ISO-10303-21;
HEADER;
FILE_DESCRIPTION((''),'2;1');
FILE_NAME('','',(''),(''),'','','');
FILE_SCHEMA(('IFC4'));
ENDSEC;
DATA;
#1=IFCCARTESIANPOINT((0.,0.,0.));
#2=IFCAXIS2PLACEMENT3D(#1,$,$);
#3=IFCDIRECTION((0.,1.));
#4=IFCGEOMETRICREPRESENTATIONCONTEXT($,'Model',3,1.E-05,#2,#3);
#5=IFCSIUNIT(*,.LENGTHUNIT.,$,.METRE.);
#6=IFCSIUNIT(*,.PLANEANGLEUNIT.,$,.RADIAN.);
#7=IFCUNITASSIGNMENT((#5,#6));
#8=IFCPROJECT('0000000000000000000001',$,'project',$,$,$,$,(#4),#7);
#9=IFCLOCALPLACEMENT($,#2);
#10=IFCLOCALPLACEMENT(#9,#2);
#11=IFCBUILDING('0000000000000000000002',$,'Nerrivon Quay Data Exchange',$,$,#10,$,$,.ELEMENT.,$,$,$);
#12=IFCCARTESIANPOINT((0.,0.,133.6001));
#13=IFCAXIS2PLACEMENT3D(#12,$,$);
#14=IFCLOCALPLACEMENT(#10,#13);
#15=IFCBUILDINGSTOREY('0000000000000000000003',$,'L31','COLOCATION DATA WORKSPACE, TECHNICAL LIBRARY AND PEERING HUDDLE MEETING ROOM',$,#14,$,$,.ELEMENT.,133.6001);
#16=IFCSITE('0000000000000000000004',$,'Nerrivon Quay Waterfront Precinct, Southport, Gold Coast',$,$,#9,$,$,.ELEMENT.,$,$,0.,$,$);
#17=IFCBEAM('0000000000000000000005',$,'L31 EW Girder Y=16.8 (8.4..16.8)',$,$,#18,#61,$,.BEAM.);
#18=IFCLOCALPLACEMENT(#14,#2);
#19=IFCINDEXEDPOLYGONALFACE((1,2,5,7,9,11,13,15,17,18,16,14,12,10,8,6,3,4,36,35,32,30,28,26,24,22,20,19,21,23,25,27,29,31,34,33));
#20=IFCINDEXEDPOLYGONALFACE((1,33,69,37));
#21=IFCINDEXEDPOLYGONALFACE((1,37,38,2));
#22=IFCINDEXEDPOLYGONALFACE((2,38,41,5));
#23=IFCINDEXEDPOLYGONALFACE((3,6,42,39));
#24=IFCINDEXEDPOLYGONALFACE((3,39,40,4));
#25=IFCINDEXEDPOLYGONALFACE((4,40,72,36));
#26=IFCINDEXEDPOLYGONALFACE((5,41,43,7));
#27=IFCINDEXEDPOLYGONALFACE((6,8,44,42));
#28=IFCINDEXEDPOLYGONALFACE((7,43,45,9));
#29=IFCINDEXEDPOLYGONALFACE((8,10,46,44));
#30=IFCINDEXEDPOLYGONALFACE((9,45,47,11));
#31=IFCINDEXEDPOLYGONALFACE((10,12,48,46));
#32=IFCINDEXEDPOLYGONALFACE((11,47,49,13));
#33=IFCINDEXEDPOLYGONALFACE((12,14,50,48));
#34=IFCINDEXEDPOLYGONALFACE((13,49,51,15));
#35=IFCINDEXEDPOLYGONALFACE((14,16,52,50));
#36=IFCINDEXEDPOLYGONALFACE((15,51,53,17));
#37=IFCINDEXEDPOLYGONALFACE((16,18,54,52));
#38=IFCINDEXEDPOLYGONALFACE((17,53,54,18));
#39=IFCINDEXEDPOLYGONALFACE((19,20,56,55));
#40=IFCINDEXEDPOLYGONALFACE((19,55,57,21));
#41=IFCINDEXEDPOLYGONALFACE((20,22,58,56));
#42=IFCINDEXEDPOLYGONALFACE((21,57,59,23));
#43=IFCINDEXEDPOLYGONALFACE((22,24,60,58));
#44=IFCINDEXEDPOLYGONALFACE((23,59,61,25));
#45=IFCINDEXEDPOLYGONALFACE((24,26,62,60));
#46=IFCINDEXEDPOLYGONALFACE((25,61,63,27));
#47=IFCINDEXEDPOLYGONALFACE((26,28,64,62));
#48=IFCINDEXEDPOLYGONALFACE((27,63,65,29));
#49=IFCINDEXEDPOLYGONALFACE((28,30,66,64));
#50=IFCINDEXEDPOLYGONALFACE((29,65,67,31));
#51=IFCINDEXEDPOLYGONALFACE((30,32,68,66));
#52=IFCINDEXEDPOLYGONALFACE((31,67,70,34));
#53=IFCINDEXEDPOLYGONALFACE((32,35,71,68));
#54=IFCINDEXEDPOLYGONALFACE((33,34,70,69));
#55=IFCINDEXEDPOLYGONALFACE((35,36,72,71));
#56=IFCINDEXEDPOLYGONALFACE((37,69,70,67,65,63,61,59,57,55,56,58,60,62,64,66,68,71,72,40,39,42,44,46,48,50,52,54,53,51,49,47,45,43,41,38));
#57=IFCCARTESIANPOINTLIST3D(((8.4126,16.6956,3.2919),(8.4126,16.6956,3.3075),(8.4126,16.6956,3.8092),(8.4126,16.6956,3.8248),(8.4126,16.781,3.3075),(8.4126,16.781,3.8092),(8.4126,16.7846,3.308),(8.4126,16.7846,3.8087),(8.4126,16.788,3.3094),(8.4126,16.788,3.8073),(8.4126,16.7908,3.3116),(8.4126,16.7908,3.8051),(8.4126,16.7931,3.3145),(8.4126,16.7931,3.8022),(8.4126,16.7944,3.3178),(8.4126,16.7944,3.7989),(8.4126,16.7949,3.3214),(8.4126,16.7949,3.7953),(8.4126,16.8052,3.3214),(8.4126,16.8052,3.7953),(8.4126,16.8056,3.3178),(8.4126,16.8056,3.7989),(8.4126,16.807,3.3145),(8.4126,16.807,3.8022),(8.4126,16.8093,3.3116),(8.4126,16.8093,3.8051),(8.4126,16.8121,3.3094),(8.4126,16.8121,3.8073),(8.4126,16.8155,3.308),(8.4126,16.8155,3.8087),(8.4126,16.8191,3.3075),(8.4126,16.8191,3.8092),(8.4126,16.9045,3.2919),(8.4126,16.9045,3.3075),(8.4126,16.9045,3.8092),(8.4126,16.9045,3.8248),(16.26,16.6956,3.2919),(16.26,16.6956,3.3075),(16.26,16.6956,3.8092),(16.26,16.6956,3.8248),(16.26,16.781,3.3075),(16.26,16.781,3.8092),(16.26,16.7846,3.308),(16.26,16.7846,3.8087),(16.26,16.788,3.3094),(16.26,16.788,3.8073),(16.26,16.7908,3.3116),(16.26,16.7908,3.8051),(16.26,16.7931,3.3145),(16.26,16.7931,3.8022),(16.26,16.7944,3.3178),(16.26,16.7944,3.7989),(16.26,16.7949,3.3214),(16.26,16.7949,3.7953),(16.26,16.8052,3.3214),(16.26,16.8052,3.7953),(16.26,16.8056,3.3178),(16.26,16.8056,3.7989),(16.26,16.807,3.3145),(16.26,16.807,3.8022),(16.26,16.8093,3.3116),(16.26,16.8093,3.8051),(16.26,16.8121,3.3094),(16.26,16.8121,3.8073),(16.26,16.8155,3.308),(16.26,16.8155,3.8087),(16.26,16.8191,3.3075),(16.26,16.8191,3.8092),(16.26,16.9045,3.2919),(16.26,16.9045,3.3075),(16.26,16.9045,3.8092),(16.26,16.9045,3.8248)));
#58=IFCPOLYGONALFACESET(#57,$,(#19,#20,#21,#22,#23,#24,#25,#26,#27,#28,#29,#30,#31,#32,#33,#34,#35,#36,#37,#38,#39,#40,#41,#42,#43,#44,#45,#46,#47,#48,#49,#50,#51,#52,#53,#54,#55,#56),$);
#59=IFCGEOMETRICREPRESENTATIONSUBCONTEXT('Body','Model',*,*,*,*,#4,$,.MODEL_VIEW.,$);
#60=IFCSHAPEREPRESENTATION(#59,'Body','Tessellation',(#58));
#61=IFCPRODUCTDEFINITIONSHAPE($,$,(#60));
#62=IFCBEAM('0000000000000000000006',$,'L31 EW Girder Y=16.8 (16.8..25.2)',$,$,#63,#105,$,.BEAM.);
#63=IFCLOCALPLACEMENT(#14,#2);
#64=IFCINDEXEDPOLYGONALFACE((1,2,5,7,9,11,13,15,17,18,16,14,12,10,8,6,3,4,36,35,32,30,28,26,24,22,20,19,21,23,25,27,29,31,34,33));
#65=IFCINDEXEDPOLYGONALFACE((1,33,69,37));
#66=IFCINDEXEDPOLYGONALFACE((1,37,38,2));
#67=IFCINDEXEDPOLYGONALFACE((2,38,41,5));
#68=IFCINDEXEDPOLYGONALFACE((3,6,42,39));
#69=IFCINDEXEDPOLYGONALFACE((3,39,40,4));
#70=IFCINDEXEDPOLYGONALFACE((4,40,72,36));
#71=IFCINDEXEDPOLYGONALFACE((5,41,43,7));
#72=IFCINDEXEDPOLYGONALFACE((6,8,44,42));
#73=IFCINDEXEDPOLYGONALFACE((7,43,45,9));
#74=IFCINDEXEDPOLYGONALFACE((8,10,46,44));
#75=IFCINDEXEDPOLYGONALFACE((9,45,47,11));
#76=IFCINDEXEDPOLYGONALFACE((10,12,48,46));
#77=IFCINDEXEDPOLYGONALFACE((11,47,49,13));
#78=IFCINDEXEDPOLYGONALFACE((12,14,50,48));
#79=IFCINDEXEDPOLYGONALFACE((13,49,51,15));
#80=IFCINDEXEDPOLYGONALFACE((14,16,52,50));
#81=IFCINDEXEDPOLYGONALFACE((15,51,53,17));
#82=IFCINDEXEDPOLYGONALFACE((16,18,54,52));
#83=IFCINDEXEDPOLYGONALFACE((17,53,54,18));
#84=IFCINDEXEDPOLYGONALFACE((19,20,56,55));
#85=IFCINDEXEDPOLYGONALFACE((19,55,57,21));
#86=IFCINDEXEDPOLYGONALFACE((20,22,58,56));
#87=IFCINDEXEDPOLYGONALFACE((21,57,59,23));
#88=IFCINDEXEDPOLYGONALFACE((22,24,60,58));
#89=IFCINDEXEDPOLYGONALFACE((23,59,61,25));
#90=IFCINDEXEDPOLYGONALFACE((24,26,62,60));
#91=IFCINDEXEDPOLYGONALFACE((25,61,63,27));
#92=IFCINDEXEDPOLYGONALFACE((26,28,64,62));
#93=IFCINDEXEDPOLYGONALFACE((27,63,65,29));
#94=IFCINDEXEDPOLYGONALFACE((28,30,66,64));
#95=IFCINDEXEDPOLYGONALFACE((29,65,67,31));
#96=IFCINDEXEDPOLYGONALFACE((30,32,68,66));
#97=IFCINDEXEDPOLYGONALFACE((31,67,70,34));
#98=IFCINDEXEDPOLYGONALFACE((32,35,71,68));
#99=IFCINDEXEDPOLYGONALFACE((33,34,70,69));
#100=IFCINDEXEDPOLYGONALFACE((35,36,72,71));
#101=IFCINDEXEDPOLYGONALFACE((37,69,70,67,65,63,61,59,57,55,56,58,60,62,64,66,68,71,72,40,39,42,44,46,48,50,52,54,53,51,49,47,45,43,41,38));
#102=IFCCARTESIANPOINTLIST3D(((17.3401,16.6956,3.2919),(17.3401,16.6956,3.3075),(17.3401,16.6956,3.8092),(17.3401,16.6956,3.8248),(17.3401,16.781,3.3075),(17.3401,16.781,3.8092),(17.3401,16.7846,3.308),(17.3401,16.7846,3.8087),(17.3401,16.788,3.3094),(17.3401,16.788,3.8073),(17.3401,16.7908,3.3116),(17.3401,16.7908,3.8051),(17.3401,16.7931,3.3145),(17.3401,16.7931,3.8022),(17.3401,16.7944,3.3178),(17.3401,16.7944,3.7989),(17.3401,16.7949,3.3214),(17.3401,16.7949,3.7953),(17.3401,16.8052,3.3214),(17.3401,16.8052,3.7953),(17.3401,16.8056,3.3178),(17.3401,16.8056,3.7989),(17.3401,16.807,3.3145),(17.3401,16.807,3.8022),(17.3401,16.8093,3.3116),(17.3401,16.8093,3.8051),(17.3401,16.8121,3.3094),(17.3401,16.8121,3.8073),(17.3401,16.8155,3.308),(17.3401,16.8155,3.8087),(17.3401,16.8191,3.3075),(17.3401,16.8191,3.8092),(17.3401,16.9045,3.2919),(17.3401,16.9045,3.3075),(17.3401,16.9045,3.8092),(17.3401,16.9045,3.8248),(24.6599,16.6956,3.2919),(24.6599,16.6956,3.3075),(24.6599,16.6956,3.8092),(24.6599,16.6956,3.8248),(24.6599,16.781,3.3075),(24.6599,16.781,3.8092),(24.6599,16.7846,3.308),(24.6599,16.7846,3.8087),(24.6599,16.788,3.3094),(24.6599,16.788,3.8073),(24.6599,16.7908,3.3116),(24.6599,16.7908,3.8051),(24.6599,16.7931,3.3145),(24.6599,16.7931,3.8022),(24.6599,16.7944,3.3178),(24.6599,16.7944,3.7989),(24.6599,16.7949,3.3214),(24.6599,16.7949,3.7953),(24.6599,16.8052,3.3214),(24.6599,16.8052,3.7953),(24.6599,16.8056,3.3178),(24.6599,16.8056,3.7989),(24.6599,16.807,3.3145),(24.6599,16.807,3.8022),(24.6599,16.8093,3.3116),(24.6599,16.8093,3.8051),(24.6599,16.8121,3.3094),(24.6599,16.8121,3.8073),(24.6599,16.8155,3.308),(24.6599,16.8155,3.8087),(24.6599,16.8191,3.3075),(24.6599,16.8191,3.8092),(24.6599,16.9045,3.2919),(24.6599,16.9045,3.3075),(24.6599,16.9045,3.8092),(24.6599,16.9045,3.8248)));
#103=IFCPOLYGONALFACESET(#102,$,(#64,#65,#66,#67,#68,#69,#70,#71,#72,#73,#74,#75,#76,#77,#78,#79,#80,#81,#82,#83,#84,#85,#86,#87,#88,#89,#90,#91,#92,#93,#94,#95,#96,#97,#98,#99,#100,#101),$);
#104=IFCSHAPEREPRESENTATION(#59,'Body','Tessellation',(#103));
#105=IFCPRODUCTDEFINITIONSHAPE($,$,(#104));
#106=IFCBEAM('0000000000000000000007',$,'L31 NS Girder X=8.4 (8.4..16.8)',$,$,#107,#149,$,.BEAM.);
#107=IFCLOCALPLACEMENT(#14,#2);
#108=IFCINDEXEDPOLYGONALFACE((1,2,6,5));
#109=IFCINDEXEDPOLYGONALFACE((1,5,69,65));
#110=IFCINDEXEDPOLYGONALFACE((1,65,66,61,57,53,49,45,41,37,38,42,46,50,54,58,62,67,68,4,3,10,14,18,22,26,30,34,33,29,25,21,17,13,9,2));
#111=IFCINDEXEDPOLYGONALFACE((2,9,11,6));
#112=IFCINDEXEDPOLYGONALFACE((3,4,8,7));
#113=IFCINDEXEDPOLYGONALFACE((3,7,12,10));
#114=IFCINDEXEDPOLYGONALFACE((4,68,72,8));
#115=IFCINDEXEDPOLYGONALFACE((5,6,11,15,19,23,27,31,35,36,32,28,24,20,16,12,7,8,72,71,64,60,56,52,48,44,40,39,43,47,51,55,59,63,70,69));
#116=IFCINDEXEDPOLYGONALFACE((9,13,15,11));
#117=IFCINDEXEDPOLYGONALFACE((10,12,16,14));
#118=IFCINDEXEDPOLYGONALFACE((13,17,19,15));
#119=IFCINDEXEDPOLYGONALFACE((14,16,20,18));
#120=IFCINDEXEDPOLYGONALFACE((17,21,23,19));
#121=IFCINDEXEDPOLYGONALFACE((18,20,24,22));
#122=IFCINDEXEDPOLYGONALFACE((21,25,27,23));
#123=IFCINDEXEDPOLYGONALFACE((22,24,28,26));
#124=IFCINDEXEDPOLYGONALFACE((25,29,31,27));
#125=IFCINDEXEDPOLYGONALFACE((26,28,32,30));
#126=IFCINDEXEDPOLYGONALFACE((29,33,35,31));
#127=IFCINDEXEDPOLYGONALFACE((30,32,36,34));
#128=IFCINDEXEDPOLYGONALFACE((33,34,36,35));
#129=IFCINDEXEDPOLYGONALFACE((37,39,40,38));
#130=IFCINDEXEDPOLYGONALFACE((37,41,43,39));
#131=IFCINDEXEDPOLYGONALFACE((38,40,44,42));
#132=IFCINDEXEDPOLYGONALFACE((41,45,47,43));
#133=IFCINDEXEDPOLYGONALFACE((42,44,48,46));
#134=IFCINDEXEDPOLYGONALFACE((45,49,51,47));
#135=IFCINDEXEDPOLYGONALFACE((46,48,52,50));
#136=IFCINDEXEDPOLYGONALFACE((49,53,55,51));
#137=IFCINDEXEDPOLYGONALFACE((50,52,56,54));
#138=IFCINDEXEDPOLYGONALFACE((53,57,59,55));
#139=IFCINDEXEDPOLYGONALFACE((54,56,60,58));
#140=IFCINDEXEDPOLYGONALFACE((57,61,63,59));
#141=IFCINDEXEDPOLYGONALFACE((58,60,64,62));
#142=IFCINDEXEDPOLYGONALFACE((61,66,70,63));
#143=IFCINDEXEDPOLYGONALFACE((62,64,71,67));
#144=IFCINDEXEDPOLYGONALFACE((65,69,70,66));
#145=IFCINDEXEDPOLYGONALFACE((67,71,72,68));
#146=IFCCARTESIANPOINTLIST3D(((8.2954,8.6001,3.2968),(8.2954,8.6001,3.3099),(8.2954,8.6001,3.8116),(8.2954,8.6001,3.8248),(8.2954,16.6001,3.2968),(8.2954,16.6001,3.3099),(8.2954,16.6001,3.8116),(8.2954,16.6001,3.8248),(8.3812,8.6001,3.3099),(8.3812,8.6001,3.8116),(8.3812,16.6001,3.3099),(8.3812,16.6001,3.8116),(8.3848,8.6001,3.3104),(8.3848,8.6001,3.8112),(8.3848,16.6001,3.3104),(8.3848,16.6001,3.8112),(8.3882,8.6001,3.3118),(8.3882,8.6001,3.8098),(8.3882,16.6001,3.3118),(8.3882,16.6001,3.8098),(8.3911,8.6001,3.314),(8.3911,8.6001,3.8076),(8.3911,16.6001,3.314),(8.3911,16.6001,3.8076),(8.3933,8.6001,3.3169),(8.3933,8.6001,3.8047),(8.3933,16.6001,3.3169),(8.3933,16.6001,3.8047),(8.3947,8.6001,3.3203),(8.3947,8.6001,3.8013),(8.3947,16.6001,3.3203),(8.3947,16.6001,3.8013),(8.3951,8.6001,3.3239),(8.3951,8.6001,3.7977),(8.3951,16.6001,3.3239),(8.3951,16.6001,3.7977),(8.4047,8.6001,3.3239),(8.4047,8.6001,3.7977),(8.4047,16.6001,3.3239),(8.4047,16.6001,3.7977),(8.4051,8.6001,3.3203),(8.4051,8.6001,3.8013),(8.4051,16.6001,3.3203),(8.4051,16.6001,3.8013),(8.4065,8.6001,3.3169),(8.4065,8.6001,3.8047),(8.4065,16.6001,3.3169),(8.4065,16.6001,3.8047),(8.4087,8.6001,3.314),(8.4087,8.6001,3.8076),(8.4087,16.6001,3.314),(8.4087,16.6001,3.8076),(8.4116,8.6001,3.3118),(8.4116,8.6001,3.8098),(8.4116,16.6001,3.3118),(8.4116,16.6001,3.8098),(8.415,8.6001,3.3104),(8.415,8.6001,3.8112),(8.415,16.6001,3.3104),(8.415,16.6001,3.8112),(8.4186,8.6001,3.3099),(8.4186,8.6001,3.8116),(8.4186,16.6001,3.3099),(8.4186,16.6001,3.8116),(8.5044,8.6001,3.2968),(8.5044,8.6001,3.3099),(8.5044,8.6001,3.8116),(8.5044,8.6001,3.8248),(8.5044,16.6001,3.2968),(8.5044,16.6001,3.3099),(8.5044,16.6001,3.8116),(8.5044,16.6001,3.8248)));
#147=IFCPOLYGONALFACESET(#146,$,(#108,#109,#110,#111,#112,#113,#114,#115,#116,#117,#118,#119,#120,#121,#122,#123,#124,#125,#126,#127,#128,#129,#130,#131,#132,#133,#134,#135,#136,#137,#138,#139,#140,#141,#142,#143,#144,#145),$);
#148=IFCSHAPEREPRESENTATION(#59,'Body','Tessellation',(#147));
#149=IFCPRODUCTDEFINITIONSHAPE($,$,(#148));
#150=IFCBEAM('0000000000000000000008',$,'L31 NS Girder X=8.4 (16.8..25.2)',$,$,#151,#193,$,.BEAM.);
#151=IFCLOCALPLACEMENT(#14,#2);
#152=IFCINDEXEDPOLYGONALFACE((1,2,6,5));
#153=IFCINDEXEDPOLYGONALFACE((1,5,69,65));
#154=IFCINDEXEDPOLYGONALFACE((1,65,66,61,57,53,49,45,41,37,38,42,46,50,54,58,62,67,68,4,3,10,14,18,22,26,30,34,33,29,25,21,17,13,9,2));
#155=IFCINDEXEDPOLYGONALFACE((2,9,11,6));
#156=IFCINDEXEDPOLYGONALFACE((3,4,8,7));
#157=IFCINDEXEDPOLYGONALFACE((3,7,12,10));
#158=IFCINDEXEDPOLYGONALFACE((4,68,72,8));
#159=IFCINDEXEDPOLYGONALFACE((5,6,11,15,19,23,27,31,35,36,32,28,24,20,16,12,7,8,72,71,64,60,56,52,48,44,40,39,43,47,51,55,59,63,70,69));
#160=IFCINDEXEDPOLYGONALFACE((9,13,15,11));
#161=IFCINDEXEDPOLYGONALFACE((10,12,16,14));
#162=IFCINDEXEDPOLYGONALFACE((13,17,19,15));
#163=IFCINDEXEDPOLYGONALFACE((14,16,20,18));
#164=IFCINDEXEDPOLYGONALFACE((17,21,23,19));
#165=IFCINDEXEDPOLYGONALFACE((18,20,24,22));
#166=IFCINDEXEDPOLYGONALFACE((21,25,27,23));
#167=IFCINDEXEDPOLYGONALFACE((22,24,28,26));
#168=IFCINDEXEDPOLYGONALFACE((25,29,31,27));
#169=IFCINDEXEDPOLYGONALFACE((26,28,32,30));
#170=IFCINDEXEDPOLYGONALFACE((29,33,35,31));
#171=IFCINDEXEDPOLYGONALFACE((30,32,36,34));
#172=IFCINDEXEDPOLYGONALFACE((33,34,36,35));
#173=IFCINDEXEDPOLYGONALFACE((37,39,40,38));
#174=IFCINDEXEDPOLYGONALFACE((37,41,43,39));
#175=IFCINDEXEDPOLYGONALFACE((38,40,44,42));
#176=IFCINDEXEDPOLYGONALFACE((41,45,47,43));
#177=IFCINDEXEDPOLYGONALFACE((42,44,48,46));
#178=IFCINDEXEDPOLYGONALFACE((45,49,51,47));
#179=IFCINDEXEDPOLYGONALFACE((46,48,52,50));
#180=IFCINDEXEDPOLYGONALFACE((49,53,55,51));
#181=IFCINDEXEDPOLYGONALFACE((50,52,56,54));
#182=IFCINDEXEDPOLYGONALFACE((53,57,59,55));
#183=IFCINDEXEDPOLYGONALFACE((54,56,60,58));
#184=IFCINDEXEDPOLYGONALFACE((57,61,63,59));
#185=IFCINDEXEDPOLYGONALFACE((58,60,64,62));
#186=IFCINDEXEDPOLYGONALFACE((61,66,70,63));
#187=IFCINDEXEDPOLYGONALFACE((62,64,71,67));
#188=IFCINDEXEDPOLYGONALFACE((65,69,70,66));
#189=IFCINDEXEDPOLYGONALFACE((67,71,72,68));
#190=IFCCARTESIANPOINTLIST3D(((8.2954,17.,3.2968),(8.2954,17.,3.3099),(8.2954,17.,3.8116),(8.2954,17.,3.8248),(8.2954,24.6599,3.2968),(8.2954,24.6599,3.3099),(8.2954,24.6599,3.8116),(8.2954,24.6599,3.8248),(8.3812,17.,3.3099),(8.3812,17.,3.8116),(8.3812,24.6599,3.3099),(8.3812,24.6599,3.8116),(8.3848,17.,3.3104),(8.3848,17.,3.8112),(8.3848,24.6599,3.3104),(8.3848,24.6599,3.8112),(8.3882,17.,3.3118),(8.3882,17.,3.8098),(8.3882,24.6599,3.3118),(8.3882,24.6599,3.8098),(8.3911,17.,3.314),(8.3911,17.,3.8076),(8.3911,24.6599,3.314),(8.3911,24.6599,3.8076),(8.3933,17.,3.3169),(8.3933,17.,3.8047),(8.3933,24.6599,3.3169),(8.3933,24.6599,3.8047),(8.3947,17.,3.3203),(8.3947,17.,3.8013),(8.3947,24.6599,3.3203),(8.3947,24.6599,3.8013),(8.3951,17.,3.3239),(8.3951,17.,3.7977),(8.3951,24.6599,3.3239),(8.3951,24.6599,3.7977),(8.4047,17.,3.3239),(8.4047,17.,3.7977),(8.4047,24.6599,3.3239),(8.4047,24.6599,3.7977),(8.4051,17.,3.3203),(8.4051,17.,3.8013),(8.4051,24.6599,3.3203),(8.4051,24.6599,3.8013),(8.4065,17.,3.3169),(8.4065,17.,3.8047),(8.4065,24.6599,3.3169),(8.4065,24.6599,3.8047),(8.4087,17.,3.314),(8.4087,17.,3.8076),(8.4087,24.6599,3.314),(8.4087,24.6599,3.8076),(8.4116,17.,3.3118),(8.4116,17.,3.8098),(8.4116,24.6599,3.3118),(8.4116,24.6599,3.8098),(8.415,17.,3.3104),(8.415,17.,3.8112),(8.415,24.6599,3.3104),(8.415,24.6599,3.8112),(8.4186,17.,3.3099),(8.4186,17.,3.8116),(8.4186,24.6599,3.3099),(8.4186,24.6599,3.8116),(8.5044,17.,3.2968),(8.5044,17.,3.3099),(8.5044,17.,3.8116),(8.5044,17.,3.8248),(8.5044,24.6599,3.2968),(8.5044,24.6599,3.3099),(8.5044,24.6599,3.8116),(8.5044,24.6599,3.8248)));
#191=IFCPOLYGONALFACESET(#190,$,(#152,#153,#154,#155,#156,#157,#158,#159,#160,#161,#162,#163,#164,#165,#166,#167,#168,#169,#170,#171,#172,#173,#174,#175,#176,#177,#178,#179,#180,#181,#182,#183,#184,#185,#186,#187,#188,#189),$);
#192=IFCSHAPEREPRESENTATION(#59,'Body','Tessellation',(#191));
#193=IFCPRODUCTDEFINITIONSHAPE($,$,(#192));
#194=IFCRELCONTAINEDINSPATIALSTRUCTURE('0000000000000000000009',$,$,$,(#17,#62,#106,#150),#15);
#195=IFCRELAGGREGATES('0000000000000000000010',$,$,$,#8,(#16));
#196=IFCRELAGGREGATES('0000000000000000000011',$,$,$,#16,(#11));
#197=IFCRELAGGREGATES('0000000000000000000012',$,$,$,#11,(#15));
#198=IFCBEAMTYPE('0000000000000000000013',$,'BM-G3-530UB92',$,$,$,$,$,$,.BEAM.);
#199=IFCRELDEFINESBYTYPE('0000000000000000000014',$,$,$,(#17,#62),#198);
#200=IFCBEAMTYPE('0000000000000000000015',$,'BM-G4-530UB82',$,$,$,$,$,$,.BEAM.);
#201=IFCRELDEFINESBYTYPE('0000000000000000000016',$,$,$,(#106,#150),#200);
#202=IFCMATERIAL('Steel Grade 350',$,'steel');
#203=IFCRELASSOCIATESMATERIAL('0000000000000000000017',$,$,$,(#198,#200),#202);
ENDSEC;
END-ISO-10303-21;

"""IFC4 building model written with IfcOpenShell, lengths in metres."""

from ifc_helpers import new_model, si_unit, direction, frame, origin, origin_2d, place, context, subcontext, project, spatial, i_section, extrude, material, material_profile, profile_set, type_object, element, save


model = new_model("IFC4")

# Units and contexts
model_context = context("Model", 3, precision=1e-05, world=origin(), true_north=direction((0.0, 1.0)))
body_context = subcontext(model_context, "Body", "Model", "MODEL_VIEW")
ifc_project = project(units=[si_unit("LENGTHUNIT", "METRE"), si_unit("PLANEANGLEUNIT", "RADIAN")], contexts=[model_context])

# Site, building, storey
site_placement = place(None, origin())
site = spatial("IfcSite", under=ifc_project, at=site_placement, Name="Nerrivon Quay Waterfront Precinct, Southport, Gold Coast", CompositionType="ELEMENT", RefElevation=0.0)
building_placement = place(site_placement, origin())
building = spatial("IfcBuilding", under=site, at=building_placement, Name="Nerrivon Quay Data Exchange", CompositionType="ELEMENT")
storey_placement = place(building_placement, frame((0.0, 0.0, 133.6001)))
storey = spatial("IfcBuildingStorey", under=building, at=storey_placement, Name="L31", Description="COLOCATION DATA WORKSPACE, TECHNICAL LIBRARY AND PEERING HUDDLE MEETING ROOM", CompositionType="ELEMENT", Elevation=133.6001)

# Shared definitions
ifc_material_1 = material(Name="Steel Grade 350", Category="steel")

# Beams
ifc_material_profile_1 = material_profile(ifc_material_1, i_section(OverallWidth=0.209, OverallDepth=0.533, WebThickness=0.0103, FlangeThickness=0.0156, FilletRadius=0.0139, at=origin_2d()), Name="530UB92.4")
ifc_profile_set_1 = profile_set([ifc_material_profile_1], Name="Steel Grade 350")
beam_type_1 = type_object("IfcBeamType", Name="BM-G3-530UB92", PredefinedType="BEAM", material=ifc_profile_set_1)
beam_1_placement = place(storey_placement, frame((8.4126, 16.8, 3.5583), z_axis=(1.0, 0.0, 0.0), x_axis=(0.0, 1.0, 0.0)))
element("IfcBeam", 1, at=beam_1_placement, inside=storey, type_object=beam_type_1, Name="L31 EW Girder Y=16.8 (8.4..16.8)", PredefinedType="BEAM", context=body_context, shape_type="SweptSolid", body=[
    extrude(i_section(OverallWidth=0.209, OverallDepth=0.533, WebThickness=0.0103, FlangeThickness=0.0156, FilletRadius=0.0139, at=origin_2d()), origin(), (0.0, 0.0, 1.0), 7.8474),
])
beam_2_placement = place(storey_placement, frame((17.3401, 16.8, 3.5583), z_axis=(1.0, 0.0, 0.0), x_axis=(0.0, 1.0, 0.0)))
element("IfcBeam", 2, at=beam_2_placement, inside=storey, type_object=beam_type_1, Name="L31 EW Girder Y=16.8 (16.8..25.2)", PredefinedType="BEAM", context=body_context, shape_type="SweptSolid", body=[
    extrude(i_section(OverallWidth=0.209, OverallDepth=0.533, WebThickness=0.0103, FlangeThickness=0.0156, FilletRadius=0.0139, at=origin_2d()), origin(), (0.0, 0.0, 1.0), 7.3198),
])
ifc_material_profile_2 = material_profile(ifc_material_1, i_section(OverallWidth=0.209, OverallDepth=0.5281, WebThickness=0.0095, FlangeThickness=0.0132, FilletRadius=0.0139, at=origin_2d()), Name="530UB82.0")
ifc_profile_set_2 = profile_set([ifc_material_profile_2], Name="Steel Grade 350")
beam_type_2 = type_object("IfcBeamType", Name="BM-G4-530UB82", PredefinedType="BEAM", material=ifc_profile_set_2)
beam_3_placement = place(storey_placement, frame((8.3999, 8.6001, 3.5608), z_axis=(0.0, 1.0, 0.0), x_axis=(-1.0, 0.0, 0.0)))
element("IfcBeam", 3, at=beam_3_placement, inside=storey, type_object=beam_type_2, Name="L31 NS Girder X=8.4 (8.4..16.8)", PredefinedType="BEAM", context=body_context, shape_type="SweptSolid", body=[
    extrude(i_section(OverallWidth=0.209, OverallDepth=0.5281, WebThickness=0.0095, FlangeThickness=0.0132, FilletRadius=0.0139, at=origin_2d()), origin(), (0.0, 0.0, 1.0), 8.0),
])
beam_4_placement = place(storey_placement, frame((8.3999, 17.0, 3.5608), z_axis=(0.0, 1.0, 0.0), x_axis=(-1.0, 0.0, 0.0)))
element("IfcBeam", 4, at=beam_4_placement, inside=storey, type_object=beam_type_2, Name="L31 NS Girder X=8.4 (16.8..25.2)", PredefinedType="BEAM", context=body_context, shape_type="SweptSolid", body=[
    extrude(i_section(OverallWidth=0.209, OverallDepth=0.5281, WebThickness=0.0095, FlangeThickness=0.0132, FilletRadius=0.0139, at=origin_2d()), origin(), (0.0, 0.0, 1.0), 7.6599),
])

save(model, "model.ifc")
